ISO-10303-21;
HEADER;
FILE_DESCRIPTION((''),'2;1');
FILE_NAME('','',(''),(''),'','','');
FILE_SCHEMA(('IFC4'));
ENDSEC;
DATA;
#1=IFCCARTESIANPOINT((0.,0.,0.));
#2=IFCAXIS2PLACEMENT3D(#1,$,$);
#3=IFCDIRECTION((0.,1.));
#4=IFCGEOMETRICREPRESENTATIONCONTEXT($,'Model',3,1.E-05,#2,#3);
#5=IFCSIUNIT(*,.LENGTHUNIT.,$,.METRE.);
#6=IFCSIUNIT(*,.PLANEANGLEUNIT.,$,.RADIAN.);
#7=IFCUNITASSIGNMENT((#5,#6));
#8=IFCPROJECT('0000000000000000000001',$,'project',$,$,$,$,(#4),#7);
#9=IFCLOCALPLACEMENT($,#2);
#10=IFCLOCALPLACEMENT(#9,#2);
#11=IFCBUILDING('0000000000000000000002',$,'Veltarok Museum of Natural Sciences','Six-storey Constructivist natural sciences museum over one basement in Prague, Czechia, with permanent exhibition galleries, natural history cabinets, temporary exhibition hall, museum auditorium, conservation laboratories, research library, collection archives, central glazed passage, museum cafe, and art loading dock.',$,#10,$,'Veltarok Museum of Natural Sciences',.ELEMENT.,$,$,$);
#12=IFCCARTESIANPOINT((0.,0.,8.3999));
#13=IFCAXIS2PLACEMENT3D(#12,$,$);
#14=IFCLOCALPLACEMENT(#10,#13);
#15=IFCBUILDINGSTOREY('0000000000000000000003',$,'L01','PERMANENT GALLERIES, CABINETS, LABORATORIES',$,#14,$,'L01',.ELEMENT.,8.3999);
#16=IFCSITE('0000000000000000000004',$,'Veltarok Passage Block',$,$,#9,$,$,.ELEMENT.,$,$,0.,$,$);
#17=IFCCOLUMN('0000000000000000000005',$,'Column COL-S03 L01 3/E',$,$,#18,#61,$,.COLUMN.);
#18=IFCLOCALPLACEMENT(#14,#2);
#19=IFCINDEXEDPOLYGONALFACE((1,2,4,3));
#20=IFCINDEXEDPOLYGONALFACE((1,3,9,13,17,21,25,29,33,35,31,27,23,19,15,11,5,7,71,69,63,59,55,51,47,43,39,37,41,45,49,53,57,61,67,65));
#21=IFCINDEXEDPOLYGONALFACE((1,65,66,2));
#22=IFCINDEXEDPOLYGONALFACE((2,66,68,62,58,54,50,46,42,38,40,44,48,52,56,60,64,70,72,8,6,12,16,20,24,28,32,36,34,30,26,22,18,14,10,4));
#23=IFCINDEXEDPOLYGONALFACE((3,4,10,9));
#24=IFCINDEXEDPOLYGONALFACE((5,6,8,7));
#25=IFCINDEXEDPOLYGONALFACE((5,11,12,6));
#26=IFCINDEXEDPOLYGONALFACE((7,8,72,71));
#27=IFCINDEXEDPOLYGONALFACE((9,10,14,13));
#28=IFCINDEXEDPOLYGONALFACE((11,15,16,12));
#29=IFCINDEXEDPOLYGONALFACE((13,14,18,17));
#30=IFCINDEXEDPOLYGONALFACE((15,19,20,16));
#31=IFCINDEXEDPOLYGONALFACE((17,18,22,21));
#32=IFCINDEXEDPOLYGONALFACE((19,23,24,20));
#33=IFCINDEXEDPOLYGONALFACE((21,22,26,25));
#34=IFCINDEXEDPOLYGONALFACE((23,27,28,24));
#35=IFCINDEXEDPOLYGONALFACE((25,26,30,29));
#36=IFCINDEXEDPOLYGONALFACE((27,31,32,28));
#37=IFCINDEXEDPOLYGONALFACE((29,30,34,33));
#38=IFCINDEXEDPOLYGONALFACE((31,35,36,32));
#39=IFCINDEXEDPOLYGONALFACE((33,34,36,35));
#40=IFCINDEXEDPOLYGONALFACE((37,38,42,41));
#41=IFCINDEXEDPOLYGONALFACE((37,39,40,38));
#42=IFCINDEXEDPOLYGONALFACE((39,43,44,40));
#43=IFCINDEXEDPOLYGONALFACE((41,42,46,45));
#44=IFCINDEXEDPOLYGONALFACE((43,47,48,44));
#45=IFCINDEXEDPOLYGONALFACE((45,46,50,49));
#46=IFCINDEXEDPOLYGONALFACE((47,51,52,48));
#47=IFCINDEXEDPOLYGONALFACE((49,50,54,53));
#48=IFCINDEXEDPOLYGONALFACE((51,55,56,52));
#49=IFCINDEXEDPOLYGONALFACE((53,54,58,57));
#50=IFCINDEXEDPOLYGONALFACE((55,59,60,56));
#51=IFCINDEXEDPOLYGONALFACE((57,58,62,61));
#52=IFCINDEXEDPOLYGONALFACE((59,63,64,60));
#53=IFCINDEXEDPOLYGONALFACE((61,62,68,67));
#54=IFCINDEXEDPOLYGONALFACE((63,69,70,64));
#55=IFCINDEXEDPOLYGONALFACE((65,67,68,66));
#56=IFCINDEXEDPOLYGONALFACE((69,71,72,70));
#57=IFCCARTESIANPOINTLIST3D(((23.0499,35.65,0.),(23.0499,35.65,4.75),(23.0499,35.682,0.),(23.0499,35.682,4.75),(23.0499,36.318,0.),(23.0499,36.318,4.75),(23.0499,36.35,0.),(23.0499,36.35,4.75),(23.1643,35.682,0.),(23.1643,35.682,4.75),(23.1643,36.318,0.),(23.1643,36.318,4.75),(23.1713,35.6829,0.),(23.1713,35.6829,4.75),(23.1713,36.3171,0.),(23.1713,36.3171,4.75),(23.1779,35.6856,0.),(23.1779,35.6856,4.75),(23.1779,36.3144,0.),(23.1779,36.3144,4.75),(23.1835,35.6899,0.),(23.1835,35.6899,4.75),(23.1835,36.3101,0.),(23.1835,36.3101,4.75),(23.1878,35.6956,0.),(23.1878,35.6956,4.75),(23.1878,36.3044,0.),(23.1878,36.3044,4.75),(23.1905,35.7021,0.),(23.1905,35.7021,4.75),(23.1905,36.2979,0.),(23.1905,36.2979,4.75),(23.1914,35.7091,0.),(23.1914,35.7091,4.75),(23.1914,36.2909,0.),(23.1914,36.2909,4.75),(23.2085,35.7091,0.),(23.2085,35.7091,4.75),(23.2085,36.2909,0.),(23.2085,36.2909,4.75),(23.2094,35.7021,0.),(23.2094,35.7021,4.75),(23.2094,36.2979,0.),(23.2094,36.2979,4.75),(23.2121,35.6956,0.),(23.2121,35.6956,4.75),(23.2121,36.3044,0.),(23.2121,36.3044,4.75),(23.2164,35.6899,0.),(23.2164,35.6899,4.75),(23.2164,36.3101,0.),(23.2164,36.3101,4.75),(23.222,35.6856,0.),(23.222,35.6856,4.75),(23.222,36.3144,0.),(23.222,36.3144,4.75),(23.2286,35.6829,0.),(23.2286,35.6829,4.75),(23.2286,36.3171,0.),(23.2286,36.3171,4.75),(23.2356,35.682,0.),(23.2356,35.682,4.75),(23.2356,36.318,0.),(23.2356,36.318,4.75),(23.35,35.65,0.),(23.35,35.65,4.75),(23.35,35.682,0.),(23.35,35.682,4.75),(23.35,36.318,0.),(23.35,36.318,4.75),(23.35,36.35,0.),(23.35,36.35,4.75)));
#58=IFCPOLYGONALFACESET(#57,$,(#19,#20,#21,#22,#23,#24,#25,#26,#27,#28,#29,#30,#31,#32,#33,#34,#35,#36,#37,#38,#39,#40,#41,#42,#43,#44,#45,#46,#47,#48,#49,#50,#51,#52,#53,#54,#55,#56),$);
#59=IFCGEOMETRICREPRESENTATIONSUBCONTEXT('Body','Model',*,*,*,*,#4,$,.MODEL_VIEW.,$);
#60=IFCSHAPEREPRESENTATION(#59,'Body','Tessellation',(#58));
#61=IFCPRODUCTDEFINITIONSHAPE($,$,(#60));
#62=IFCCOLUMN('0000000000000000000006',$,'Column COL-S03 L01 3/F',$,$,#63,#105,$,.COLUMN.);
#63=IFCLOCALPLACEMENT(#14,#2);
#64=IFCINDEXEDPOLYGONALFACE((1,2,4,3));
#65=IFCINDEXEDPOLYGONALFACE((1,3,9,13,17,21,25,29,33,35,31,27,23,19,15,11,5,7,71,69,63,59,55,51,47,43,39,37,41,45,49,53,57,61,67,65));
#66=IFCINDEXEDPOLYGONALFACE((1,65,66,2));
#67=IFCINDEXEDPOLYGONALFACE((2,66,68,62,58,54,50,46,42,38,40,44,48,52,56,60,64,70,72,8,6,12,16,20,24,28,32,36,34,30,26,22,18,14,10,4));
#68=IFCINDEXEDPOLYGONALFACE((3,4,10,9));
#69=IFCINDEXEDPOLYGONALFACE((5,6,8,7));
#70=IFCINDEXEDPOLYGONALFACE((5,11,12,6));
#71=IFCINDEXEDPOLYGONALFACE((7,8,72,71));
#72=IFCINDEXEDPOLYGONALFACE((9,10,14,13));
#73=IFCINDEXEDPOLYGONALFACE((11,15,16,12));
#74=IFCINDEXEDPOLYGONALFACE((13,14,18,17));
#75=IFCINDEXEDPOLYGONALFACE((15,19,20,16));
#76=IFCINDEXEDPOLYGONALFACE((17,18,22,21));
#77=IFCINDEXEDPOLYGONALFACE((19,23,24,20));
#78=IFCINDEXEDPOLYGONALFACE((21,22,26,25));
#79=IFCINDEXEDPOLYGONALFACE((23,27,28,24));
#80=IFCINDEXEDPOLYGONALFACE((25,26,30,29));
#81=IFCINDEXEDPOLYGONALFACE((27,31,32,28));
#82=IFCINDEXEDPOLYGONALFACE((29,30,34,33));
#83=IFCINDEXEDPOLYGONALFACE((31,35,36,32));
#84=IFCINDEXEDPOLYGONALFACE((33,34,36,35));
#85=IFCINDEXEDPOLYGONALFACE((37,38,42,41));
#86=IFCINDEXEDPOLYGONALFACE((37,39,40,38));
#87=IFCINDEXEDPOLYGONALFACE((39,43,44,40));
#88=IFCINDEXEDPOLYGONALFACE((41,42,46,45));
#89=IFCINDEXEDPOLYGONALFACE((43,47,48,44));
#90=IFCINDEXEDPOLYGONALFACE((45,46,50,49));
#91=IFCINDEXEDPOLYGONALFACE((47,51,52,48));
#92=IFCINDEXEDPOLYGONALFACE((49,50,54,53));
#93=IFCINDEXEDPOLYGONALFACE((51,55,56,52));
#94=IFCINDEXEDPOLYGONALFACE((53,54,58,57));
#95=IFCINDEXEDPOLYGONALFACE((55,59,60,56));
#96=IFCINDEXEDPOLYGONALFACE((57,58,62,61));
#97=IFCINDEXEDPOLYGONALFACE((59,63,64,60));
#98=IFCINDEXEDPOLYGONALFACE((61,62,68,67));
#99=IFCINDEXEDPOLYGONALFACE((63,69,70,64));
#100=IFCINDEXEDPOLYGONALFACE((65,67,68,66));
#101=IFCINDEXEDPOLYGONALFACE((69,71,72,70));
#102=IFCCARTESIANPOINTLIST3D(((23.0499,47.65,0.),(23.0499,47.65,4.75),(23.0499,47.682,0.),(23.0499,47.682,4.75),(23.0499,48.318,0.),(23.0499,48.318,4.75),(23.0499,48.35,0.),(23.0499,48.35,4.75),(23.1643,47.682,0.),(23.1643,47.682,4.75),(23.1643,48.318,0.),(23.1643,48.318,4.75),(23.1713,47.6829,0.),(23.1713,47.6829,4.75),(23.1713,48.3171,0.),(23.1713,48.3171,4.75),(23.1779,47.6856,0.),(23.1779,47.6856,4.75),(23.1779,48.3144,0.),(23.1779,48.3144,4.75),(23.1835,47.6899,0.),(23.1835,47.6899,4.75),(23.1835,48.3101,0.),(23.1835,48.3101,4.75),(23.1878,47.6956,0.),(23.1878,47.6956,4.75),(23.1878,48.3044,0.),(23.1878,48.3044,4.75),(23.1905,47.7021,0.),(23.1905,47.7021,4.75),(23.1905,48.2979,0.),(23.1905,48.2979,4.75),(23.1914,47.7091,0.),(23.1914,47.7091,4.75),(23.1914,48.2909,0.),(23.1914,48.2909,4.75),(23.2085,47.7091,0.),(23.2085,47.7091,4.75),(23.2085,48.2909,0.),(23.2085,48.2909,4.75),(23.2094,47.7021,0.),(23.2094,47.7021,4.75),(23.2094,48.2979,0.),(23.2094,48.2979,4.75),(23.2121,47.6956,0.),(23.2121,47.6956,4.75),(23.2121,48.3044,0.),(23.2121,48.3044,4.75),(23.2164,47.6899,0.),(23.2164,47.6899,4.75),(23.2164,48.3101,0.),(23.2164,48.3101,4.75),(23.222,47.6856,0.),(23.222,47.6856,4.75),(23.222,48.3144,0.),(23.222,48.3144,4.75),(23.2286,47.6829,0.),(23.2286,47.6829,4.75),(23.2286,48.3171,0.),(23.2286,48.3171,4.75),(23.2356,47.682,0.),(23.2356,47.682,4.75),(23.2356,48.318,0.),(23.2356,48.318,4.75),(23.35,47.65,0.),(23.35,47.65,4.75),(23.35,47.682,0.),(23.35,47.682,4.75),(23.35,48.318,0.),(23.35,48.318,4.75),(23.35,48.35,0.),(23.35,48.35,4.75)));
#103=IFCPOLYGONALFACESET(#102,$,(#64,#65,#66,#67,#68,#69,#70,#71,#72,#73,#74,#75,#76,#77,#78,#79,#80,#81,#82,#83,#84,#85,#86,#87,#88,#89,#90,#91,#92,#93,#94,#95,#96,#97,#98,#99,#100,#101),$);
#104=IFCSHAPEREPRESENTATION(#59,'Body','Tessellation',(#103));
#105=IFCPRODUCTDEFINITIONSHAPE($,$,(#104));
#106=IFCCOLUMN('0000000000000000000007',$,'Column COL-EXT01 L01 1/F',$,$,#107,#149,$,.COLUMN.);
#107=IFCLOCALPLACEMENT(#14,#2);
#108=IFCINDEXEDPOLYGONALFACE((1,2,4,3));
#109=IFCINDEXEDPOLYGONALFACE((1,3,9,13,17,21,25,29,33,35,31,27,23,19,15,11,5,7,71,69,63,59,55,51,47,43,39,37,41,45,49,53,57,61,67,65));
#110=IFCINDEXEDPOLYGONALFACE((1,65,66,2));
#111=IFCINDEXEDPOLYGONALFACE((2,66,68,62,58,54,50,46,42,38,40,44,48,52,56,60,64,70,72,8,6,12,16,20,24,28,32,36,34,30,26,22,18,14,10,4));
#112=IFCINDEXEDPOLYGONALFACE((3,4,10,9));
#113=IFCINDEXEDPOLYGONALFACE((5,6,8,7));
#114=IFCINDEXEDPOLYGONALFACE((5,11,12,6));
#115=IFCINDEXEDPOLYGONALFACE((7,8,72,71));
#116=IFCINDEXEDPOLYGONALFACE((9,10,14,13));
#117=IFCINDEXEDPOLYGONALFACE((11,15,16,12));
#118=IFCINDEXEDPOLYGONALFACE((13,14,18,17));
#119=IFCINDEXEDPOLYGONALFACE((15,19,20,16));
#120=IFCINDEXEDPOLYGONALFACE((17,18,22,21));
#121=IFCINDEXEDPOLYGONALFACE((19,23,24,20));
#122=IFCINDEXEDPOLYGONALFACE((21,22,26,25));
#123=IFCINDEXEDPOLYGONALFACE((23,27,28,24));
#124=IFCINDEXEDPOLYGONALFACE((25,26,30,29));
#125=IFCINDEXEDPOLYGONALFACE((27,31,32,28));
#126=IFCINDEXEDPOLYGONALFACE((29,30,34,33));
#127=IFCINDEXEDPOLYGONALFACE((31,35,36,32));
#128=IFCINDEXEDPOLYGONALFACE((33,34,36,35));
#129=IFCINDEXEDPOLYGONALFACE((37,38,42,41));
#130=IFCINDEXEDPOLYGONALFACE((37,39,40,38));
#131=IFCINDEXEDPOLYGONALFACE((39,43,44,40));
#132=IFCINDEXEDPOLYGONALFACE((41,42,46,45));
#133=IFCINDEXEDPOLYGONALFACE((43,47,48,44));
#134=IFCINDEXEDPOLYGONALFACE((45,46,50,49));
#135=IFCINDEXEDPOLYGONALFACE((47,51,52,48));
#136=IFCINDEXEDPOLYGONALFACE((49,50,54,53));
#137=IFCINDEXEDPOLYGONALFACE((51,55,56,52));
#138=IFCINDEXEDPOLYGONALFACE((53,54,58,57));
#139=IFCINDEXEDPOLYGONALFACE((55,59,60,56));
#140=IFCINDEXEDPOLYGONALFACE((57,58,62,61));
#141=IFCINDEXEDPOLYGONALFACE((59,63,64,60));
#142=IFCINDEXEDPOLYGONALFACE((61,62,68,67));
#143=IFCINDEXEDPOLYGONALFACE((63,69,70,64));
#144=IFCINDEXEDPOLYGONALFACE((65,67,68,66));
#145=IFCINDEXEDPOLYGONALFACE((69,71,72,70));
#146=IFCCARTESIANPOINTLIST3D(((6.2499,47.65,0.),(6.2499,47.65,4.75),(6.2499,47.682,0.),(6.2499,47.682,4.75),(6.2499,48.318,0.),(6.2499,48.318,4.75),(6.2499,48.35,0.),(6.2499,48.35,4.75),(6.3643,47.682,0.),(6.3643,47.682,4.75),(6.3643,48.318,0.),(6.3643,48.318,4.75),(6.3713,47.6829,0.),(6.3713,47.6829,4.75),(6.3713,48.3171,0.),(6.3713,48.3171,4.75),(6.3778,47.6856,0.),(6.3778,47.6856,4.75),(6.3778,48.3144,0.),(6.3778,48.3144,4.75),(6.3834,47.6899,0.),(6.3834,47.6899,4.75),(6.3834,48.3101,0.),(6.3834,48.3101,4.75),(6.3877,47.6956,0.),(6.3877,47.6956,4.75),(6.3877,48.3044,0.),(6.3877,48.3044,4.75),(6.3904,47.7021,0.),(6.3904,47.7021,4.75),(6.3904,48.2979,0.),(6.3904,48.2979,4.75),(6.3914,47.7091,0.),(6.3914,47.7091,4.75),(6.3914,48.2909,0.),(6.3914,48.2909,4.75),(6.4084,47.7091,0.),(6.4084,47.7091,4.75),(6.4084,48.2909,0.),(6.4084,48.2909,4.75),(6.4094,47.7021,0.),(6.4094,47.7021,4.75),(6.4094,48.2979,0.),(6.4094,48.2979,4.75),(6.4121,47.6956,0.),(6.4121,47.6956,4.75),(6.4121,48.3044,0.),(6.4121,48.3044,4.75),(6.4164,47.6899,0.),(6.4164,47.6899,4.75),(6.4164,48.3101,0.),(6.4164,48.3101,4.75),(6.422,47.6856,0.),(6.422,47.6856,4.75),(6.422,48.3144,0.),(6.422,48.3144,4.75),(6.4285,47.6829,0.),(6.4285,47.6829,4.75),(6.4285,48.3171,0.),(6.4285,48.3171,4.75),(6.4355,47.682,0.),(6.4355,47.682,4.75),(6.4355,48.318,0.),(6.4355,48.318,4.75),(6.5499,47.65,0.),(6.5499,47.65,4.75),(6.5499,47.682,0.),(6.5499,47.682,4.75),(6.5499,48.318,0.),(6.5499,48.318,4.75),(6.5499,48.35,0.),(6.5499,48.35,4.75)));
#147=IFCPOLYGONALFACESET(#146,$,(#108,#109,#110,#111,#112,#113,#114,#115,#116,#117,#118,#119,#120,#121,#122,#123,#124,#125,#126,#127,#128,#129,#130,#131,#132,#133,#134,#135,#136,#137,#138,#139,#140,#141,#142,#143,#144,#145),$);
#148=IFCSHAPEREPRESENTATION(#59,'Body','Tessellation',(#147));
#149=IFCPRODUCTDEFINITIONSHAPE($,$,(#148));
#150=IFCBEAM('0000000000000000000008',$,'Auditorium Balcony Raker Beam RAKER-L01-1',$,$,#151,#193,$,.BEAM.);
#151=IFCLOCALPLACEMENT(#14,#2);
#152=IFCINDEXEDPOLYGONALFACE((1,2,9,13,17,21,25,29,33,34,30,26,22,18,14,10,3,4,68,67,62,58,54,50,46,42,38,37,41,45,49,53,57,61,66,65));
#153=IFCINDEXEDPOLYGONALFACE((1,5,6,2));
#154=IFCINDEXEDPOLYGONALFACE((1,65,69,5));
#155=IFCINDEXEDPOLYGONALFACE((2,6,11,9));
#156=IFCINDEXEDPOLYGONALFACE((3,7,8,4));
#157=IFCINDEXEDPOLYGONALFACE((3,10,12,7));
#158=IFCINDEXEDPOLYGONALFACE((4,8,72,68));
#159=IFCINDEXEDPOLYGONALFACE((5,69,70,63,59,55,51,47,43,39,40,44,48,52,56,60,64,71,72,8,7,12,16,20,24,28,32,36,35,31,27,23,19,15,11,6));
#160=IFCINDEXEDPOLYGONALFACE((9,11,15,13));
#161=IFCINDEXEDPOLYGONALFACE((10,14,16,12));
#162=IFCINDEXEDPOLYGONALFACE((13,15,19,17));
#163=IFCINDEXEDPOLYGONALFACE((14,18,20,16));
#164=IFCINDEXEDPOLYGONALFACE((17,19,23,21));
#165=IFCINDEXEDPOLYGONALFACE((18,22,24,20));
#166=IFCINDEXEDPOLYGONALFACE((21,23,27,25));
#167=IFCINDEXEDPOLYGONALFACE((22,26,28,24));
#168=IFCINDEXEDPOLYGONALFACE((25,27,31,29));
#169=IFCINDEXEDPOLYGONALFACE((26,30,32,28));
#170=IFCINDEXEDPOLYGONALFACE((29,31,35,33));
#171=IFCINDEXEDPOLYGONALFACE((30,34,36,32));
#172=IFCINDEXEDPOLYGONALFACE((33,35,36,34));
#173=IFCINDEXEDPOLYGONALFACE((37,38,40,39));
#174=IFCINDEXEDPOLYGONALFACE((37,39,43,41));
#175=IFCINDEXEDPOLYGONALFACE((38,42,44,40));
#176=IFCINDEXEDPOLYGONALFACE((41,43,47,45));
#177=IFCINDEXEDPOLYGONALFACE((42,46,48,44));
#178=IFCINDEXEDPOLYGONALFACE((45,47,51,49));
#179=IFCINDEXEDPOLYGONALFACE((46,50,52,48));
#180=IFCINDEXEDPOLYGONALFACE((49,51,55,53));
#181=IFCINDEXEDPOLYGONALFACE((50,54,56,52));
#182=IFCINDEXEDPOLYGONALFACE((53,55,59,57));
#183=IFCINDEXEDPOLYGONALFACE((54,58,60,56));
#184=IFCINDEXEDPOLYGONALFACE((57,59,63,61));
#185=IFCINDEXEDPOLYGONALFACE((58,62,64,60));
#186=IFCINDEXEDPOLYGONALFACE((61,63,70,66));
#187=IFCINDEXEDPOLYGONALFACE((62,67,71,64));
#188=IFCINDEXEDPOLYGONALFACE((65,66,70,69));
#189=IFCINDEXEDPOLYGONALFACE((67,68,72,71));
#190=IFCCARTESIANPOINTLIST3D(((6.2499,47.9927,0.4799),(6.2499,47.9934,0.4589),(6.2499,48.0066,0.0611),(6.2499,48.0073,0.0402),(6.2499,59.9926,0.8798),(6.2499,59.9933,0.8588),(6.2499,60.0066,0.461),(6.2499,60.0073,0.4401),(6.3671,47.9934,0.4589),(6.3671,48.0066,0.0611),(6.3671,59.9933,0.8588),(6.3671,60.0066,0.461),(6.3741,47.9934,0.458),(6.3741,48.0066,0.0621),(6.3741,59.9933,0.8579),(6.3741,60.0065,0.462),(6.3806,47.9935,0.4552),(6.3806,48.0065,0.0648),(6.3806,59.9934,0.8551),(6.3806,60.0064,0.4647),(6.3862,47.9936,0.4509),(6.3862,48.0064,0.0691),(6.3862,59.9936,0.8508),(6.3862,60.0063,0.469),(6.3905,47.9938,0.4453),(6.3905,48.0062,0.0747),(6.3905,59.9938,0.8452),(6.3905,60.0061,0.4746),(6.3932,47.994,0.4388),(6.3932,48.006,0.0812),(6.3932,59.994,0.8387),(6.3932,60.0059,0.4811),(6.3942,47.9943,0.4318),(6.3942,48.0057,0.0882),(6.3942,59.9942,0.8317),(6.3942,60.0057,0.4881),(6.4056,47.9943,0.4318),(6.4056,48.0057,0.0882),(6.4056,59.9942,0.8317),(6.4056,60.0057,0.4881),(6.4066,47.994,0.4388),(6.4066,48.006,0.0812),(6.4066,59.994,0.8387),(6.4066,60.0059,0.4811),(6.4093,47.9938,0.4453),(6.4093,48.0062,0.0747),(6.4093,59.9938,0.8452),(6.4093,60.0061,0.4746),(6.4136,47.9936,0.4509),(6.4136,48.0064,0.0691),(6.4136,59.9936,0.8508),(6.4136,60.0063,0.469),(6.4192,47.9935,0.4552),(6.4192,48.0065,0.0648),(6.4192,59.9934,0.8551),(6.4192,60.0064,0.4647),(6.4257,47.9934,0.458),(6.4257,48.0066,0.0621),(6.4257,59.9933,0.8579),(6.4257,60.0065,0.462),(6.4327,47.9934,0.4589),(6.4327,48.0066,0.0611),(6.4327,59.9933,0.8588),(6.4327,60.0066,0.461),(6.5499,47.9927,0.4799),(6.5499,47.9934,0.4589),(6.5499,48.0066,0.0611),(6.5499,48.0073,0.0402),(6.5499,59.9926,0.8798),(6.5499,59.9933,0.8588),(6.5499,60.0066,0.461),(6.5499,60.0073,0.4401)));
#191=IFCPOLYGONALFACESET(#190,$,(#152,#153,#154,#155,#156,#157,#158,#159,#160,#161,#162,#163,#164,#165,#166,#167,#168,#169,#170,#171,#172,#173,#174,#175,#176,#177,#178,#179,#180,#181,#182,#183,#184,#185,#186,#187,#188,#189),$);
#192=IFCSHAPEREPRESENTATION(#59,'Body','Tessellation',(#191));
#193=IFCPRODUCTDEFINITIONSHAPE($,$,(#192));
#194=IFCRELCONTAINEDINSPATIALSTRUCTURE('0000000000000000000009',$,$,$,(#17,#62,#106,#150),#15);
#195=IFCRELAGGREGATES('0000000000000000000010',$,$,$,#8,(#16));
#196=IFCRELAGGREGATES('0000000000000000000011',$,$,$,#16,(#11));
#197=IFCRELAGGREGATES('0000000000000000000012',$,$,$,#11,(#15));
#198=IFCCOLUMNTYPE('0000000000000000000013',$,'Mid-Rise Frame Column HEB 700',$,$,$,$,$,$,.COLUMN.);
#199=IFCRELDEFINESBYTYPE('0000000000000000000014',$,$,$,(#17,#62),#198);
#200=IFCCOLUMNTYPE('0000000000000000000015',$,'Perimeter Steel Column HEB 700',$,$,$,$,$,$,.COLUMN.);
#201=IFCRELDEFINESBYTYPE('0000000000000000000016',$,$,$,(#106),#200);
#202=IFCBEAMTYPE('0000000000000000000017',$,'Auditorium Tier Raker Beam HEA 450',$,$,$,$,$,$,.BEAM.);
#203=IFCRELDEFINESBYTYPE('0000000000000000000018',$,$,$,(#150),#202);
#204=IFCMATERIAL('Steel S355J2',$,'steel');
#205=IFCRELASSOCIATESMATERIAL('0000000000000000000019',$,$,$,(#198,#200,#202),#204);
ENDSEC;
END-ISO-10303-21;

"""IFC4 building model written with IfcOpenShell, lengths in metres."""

from ifc_helpers import new_model, si_unit, direction, frame, origin, origin_2d, place, context, subcontext, project, spatial, i_section, extrude, material, material_profile, profile_set, type_object, element, save


model = new_model("IFC4")

# Units and contexts
model_context = context("Model", 3, precision=1e-05, world=origin(), true_north=direction((0.0, 1.0)))
body_context = subcontext(model_context, "Body", "Model", "MODEL_VIEW")
ifc_project = project(units=[si_unit("LENGTHUNIT", "METRE"), si_unit("PLANEANGLEUNIT", "RADIAN")], contexts=[model_context])

# Site, building, storey
site_placement = place(None, origin())
site = spatial("IfcSite", under=ifc_project, at=site_placement, Name="Veltarok Passage Block", CompositionType="ELEMENT", RefElevation=0.0)
building_placement = place(site_placement, origin())
building = spatial("IfcBuilding", under=site, at=building_placement, Name="Veltarok Museum of Natural Sciences", Description="Six-storey Constructivist natural sciences museum over one basement in Prague, Czechia, with permanent exhibition galleries, natural history cabinets, temporary exhibition hall, museum auditorium, conservation laboratories, research library, collection archives, central glazed passage, museum cafe, and art loading dock.", LongName="Veltarok Museum of Natural Sciences", CompositionType="ELEMENT")
storey_placement = place(building_placement, frame((0.0, 0.0, 8.3999)))
storey = spatial("IfcBuildingStorey", under=building, at=storey_placement, Name="L01", Description="PERMANENT GALLERIES, CABINETS, LABORATORIES", LongName="L01", CompositionType="ELEMENT", Elevation=8.3999)

# Columns
ifc_material_1 = material(Name="Steel S355J2", Category="steel")
ifc_material_profile_1 = material_profile(ifc_material_1, i_section(OverallWidth=0.3, OverallDepth=0.7, WebThickness=0.0171, FlangeThickness=0.032, FilletRadius=0.0271, at=origin_2d()), Name="HEB 700")
ifc_profile_set_1 = profile_set([ifc_material_profile_1], Name="Steel S355J2")
column_type_1 = type_object("IfcColumnType", Name="Mid-Rise Frame Column HEB 700", PredefinedType="COLUMN", material=ifc_profile_set_1)
for number, where, z_axis, x_axis, name in (
    (1, (23.2, 36.0, 0.0), (0.0, 0.0, 1.0), (1.0, 0.0, 0.0), "Column COL-S03 L01 3/E"),
    (2, (23.2, 48.0, 0.0), (0.0, 0.0, 1.0), (1.0, 0.0, 0.0), "Column COL-S03 L01 3/F"),
):
    element("IfcColumn", number, at=place(storey_placement, frame(where, z_axis=z_axis, x_axis=x_axis)), inside=storey, type_object=column_type_1, Name=name, PredefinedType="COLUMN", context=body_context, shape_type="SweptSolid", body=[
        extrude(i_section(OverallWidth=0.3, OverallDepth=0.7, WebThickness=0.0171, FlangeThickness=0.032, FilletRadius=0.0271, at=origin_2d()), origin(), (0.0, 0.0, 1.0), 4.75),
    ])
ifc_material_profile_2 = material_profile(ifc_material_1, i_section(OverallWidth=0.3, OverallDepth=0.7, WebThickness=0.0171, FlangeThickness=0.032, FilletRadius=0.0271, at=origin_2d()), Name="HEB 700")
ifc_profile_set_2 = profile_set([ifc_material_profile_2], Name="Steel S355J2")
column_type_2 = type_object("IfcColumnType", Name="Perimeter Steel Column HEB 700", PredefinedType="COLUMN", material=ifc_profile_set_2)
column_placement = place(storey_placement, frame((6.3999, 48.0, 0.0), z_axis=(0.0, 0.0, 1.0), x_axis=(1.0, 0.0, 0.0)))
element("IfcColumn", 3, at=column_placement, inside=storey, type_object=column_type_2, Name="Column COL-EXT01 L01 1/F", PredefinedType="COLUMN", context=body_context, shape_type="SweptSolid", body=[
    extrude(i_section(OverallWidth=0.3, OverallDepth=0.7, WebThickness=0.0171, FlangeThickness=0.032, FilletRadius=0.0271, at=origin_2d()), origin(), (0.0, 0.0, 1.0), 4.75),
])

# Beam
ifc_material_profile_3 = material_profile(ifc_material_1, i_section(OverallWidth=0.3, OverallDepth=0.4399, WebThickness=0.0115, FlangeThickness=0.021, FilletRadius=0.0271, at=origin_2d()), Name="HEA 450")
ifc_profile_set_3 = profile_set([ifc_material_profile_3], Name="Steel S355J2")
beam_type_1 = type_object("IfcBeamType", Name="Auditorium Tier Raker Beam HEA 450", PredefinedType="BEAM", material=ifc_profile_set_3)
for number, where, z_axis, x_axis, name in (
    (4, (6.3999, 48.0, 0.26), (0.0, 0.999445, 0.033307), (-1.0, 0.0, 0.0), "Auditorium Balcony Raker Beam RAKER-L01-1"),
):
    element("IfcBeam", number, at=place(storey_placement, frame(where, z_axis=z_axis, x_axis=x_axis)), inside=storey, type_object=beam_type_1, Name=name, PredefinedType="BEAM", context=body_context, shape_type="SweptSolid", body=[
        extrude(i_section(OverallWidth=0.3, OverallDepth=0.4399, WebThickness=0.0115, FlangeThickness=0.021, FilletRadius=0.0271, at=origin_2d()), origin(), (0.0, 0.0, 1.0), 12.0066),
    ])

save(model, "model.ifc")
